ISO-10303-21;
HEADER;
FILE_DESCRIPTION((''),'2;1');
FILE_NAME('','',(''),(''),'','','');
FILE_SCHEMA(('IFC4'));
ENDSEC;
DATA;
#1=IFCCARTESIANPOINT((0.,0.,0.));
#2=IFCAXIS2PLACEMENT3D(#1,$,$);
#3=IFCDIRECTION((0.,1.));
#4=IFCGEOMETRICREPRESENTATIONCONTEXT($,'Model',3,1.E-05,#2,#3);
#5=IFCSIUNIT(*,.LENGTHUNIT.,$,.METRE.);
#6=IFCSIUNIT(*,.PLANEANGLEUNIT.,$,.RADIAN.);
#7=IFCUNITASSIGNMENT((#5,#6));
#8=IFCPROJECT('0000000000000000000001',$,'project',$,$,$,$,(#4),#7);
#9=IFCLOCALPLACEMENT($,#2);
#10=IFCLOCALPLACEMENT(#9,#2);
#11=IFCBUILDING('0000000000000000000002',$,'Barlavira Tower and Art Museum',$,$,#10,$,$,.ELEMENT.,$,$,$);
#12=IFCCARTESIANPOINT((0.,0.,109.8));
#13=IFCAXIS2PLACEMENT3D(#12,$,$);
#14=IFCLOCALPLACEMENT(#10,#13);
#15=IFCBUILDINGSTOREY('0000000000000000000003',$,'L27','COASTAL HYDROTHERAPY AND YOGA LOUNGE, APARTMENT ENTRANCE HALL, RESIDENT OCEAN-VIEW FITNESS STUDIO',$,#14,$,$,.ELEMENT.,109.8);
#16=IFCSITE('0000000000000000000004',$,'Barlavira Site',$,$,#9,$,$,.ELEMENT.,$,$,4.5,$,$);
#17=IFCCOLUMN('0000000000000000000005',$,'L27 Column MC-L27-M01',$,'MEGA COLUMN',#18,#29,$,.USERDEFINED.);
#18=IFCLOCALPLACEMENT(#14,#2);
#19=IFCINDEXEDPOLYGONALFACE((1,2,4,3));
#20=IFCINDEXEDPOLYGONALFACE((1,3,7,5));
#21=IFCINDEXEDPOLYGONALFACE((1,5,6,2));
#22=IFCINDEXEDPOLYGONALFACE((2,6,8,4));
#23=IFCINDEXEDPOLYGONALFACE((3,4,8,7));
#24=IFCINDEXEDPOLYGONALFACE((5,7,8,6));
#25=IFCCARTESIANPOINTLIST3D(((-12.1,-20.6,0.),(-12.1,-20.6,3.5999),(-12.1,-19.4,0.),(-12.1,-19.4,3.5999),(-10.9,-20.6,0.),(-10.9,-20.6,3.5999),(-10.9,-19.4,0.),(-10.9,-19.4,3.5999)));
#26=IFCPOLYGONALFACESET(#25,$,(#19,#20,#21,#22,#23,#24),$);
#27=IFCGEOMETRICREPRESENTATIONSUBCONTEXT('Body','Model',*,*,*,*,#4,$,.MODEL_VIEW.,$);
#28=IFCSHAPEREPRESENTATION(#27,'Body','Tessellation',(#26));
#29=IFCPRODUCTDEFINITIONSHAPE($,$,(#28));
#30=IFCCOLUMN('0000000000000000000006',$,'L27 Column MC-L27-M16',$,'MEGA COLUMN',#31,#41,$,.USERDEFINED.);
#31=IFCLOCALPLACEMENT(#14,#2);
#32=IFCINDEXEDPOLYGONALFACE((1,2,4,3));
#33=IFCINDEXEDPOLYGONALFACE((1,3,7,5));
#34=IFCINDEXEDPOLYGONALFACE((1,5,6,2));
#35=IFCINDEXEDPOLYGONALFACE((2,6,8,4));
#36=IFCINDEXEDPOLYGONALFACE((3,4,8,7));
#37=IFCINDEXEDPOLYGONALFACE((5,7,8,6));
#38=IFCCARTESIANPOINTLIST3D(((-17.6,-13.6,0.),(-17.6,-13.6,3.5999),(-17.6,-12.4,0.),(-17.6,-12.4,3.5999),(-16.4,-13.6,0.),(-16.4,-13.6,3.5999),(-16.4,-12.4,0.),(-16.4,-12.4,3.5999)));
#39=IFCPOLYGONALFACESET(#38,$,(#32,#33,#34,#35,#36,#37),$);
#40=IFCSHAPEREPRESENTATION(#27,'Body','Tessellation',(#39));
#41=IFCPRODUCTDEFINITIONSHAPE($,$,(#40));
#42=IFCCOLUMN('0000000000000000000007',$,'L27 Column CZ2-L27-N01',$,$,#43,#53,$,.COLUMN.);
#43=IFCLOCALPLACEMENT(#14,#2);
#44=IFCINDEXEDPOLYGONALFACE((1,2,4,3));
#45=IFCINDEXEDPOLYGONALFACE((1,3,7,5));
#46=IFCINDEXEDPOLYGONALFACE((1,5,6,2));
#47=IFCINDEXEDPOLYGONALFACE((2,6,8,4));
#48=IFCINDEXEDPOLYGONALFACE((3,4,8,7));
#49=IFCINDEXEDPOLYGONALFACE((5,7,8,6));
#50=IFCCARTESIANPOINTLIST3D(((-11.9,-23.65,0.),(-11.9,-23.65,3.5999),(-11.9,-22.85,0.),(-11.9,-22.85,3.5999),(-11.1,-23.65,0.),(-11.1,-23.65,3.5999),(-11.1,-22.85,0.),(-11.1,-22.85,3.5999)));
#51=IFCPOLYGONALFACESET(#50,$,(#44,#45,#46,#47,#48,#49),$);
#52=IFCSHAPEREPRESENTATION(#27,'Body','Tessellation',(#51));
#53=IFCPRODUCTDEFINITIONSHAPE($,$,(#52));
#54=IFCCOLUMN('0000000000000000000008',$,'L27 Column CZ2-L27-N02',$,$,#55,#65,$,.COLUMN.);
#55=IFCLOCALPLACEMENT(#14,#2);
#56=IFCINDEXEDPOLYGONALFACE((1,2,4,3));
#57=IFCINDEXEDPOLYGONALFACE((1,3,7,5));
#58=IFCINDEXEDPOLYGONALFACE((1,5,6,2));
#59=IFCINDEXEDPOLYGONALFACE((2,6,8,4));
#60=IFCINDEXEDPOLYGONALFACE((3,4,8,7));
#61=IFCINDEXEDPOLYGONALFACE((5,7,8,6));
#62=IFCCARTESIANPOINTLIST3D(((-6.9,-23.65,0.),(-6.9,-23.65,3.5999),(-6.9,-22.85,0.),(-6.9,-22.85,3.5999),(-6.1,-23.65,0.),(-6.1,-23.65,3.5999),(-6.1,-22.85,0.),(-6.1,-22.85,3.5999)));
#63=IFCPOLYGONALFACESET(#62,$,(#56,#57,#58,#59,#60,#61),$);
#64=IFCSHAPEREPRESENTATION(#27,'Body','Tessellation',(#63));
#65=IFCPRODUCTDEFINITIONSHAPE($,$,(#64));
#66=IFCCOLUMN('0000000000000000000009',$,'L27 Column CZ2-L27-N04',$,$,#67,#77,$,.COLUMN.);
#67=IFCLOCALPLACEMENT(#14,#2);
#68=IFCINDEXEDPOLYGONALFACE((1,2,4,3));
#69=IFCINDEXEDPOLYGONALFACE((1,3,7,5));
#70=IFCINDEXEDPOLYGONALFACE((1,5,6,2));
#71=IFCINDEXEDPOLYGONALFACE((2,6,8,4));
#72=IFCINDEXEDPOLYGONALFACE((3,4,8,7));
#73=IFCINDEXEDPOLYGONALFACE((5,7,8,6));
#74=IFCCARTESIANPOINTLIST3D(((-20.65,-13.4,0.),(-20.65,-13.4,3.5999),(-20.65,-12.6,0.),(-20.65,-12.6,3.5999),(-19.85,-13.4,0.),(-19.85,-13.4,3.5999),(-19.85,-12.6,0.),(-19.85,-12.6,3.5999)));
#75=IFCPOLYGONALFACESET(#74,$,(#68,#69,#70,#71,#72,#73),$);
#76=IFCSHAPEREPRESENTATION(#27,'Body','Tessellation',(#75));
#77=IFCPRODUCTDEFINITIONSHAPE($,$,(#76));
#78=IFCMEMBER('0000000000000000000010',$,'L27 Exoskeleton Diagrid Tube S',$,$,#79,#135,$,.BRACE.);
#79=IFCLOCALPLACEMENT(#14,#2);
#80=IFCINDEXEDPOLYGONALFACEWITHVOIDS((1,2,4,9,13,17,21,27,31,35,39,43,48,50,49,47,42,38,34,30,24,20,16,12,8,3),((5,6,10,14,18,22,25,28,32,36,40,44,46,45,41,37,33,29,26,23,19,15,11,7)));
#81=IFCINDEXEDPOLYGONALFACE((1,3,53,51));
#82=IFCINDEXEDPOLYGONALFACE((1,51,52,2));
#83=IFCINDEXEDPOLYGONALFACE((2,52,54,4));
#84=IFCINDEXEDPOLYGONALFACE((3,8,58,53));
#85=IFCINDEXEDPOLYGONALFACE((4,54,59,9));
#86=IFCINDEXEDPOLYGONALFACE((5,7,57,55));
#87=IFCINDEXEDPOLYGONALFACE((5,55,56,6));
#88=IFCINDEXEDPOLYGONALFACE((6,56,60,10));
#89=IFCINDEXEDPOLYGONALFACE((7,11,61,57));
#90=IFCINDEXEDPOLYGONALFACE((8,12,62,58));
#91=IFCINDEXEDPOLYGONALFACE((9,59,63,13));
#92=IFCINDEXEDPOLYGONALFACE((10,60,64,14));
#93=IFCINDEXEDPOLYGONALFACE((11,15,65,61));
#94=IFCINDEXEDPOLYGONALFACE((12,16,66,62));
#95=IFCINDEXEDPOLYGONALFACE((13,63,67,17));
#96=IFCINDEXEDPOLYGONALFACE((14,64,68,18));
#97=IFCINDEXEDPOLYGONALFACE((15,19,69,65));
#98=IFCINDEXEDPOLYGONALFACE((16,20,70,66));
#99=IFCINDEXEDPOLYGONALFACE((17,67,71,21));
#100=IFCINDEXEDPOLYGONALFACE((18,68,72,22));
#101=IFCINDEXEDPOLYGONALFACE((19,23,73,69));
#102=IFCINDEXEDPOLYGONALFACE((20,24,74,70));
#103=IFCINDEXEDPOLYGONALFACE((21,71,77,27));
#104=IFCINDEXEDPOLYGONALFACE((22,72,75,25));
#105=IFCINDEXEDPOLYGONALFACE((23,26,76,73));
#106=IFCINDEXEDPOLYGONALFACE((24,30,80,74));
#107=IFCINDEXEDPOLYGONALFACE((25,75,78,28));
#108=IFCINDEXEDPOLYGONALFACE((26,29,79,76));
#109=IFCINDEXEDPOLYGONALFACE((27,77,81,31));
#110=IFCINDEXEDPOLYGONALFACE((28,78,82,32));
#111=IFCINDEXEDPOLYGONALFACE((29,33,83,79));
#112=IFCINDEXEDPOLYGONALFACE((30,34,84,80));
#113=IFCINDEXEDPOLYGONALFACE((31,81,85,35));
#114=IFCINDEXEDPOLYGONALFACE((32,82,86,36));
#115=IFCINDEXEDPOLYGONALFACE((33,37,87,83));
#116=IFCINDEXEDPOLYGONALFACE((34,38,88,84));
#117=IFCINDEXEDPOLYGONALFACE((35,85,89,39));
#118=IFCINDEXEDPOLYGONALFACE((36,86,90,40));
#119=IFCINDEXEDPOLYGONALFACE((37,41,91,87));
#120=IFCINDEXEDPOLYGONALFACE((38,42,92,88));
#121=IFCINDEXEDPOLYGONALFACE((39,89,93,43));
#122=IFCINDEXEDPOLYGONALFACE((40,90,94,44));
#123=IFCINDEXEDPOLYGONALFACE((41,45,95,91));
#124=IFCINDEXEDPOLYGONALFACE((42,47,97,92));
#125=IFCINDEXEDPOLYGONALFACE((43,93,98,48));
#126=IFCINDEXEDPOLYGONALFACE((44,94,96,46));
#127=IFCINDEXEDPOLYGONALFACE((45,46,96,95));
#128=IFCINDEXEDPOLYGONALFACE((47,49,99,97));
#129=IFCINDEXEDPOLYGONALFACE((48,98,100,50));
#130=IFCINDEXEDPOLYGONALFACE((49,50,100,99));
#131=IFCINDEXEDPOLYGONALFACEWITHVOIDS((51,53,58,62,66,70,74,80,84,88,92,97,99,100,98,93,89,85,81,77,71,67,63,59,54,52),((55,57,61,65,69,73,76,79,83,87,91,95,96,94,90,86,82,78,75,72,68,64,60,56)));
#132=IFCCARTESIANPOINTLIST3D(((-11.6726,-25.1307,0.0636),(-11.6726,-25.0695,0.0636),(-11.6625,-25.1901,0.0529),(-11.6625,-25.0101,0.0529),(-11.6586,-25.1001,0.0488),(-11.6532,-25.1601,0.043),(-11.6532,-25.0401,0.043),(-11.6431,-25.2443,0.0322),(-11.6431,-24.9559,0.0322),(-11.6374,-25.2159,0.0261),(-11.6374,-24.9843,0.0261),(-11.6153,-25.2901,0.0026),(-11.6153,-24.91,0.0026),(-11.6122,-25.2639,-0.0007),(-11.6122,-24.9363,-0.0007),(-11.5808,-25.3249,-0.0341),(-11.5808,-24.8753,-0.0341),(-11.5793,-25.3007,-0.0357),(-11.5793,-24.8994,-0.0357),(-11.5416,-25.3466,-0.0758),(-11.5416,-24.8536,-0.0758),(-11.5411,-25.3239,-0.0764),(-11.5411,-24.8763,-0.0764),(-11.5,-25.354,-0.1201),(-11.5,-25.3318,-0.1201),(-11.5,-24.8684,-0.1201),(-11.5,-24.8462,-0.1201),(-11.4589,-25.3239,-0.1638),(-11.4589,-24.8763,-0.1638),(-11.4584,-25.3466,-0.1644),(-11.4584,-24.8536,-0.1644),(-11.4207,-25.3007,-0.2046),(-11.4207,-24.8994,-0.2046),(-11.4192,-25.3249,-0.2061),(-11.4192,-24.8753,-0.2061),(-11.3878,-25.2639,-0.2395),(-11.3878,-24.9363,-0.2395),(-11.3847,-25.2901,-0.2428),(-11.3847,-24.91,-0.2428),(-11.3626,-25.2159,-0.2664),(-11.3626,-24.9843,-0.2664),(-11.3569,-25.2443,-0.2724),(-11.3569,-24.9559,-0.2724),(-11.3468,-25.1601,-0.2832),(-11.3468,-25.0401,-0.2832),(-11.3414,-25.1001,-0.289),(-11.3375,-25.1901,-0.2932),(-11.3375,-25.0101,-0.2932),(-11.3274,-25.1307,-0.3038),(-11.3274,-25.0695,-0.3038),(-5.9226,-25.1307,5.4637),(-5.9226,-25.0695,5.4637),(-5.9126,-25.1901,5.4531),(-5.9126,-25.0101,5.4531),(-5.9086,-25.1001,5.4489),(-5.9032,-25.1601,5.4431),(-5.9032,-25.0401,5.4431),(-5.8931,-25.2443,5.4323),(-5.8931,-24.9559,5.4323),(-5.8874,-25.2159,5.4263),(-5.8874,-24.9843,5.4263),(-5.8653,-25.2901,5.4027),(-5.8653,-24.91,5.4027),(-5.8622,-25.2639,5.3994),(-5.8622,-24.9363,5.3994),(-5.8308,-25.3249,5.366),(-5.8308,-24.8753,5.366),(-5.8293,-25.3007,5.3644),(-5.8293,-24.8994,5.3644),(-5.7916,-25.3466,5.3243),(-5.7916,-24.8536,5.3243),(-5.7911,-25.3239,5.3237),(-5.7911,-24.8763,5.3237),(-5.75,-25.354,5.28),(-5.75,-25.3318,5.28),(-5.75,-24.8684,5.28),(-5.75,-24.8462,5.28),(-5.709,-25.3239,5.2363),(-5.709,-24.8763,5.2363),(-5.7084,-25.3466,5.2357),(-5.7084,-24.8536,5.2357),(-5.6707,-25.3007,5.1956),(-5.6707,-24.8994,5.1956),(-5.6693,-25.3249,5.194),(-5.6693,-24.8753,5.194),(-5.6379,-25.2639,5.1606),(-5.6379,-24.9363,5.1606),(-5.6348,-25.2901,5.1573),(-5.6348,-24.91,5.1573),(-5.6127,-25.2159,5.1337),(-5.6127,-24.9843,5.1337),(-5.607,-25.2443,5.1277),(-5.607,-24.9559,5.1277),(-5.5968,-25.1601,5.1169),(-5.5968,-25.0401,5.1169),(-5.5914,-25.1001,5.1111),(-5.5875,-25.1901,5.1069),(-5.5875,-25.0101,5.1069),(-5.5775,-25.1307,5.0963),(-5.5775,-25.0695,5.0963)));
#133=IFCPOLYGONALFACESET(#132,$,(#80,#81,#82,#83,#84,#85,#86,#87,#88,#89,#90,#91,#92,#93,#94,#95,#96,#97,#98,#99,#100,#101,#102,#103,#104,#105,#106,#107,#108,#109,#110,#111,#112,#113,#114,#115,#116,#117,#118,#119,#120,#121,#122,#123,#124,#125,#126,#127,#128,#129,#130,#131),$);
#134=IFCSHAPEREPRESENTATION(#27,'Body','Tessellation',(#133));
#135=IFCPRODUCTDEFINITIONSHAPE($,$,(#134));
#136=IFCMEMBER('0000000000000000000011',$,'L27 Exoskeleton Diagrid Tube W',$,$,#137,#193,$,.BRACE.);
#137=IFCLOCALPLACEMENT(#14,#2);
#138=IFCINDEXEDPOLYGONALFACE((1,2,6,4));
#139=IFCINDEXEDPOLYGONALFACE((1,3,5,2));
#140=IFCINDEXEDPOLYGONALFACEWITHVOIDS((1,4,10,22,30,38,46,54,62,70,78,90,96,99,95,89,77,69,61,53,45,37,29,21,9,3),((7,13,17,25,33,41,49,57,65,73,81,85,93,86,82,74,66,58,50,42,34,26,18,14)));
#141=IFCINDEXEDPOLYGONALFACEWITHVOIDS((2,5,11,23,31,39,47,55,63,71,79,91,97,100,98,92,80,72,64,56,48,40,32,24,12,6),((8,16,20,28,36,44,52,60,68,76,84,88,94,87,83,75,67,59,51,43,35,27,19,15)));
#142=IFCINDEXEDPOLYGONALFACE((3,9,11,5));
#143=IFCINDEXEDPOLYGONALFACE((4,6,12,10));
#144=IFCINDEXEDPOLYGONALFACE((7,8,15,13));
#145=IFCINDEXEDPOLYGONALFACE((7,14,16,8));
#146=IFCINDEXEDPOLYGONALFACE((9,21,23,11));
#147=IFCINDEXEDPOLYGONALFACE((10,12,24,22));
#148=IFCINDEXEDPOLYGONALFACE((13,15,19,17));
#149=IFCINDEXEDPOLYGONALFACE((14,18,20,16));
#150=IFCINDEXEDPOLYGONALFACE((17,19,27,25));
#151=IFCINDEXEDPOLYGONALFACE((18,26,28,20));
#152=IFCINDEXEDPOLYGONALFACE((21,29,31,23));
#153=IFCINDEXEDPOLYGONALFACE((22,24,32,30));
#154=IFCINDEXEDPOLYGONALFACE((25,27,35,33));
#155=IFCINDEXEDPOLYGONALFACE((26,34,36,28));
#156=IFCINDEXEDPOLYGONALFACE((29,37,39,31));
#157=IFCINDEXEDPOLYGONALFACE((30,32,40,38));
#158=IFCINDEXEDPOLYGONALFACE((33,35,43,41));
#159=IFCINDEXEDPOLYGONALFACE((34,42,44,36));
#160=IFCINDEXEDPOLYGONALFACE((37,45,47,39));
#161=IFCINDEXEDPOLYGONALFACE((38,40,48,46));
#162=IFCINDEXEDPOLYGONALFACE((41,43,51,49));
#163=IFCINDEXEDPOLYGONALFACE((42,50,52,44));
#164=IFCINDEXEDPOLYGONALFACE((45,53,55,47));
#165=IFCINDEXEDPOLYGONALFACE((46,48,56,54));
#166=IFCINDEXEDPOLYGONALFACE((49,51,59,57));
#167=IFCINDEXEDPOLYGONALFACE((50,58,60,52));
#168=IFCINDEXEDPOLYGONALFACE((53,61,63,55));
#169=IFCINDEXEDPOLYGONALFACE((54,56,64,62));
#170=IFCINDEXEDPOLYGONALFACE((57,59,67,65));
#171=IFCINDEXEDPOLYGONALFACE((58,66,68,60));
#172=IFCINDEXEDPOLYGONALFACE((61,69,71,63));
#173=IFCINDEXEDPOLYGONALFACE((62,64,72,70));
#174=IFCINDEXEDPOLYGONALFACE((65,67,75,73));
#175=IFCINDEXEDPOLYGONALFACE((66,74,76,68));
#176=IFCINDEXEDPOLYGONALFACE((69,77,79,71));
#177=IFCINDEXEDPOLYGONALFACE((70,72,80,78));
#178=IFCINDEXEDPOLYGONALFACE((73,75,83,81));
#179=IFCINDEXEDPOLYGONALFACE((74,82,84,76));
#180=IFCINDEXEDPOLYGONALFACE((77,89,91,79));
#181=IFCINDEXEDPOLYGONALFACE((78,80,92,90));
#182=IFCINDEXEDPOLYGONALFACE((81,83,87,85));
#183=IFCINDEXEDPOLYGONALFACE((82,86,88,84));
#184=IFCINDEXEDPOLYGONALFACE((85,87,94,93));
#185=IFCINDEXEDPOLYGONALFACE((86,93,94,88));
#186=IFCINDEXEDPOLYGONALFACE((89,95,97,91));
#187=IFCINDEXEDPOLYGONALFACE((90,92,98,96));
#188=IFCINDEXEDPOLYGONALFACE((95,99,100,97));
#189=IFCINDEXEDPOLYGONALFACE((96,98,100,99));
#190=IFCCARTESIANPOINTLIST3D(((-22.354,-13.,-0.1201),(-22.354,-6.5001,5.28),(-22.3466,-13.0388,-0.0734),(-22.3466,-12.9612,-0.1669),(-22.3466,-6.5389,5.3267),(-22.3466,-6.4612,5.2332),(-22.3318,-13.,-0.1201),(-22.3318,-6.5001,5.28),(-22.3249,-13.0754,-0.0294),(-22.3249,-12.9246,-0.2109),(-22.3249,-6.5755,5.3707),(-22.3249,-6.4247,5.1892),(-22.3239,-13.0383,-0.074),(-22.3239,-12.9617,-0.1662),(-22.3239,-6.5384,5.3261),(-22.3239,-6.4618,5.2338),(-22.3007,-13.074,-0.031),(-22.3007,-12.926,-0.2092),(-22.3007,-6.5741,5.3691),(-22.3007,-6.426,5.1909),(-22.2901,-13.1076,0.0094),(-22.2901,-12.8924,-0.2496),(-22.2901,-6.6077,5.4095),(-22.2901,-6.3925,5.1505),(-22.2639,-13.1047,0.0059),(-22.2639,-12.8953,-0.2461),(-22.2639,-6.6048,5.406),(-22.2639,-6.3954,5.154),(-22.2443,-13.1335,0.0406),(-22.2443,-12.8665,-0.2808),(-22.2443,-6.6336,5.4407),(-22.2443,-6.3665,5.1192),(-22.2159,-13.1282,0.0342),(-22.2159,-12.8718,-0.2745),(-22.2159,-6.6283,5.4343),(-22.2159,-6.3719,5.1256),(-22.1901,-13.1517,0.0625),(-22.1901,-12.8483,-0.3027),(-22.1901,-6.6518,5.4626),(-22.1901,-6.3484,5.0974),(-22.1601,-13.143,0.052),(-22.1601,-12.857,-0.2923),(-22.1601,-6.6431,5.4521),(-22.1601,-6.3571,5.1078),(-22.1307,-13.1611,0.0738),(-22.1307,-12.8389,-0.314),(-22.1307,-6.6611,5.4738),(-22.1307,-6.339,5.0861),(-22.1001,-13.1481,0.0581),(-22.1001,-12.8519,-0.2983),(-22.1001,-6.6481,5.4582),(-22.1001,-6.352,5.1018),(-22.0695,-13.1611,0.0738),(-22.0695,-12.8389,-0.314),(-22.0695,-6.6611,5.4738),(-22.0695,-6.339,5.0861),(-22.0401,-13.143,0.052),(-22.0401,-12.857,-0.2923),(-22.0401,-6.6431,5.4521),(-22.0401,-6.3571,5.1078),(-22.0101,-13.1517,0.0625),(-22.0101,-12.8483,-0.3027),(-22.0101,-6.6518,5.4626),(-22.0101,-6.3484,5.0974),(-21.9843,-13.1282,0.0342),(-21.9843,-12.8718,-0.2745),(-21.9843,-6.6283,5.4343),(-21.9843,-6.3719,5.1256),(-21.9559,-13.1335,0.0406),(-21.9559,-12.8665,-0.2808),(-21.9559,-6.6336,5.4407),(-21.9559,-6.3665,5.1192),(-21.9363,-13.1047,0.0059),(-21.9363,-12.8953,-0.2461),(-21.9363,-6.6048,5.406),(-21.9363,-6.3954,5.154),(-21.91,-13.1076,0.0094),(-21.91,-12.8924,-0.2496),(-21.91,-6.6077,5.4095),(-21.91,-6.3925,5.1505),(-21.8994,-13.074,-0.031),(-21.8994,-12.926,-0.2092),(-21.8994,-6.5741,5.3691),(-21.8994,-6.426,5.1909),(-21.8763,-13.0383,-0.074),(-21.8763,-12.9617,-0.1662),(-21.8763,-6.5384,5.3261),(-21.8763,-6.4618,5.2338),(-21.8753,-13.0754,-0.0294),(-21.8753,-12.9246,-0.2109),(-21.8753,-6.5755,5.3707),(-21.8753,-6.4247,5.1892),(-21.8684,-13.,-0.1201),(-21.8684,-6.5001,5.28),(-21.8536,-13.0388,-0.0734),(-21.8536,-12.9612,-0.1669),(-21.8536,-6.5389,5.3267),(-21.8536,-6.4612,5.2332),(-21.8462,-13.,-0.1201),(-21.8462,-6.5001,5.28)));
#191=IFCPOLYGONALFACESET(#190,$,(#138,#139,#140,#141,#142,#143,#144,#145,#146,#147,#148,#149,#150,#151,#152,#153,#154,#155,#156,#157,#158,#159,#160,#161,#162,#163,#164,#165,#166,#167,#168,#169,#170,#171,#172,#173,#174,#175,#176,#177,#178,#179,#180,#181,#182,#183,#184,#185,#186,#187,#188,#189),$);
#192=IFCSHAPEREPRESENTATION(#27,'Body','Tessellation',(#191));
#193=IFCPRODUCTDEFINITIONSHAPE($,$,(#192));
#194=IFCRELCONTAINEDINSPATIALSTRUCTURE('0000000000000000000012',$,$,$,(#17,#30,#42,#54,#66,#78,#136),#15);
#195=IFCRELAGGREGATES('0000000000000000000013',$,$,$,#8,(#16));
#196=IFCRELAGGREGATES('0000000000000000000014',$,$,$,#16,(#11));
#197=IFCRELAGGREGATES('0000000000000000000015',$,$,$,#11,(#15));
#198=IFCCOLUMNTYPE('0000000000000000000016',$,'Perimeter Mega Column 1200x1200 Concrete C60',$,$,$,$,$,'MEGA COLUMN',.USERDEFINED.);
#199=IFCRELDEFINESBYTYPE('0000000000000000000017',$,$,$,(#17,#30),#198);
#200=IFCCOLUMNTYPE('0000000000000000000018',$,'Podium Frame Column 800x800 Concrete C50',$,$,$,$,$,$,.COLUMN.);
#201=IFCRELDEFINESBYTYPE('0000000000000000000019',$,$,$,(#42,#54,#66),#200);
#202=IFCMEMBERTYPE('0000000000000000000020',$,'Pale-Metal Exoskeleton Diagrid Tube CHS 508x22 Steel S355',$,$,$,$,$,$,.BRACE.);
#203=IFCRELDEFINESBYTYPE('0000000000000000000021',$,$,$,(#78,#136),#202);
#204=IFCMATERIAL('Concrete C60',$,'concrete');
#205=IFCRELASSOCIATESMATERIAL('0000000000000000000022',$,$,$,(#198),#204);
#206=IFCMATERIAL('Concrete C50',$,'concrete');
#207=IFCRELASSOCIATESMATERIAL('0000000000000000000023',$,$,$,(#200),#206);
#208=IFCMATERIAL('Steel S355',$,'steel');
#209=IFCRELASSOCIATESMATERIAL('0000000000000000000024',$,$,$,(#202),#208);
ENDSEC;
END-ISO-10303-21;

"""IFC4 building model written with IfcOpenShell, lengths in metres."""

from ifc_helpers import new_model, si_unit, direction, frame, origin, origin_2d, place, context, subcontext, project, spatial, rectangle, hollow_circle, extrude, material, material_profile, profile_set, type_object, element, save


model = new_model("IFC4")

# Units and contexts
model_context = context("Model", 3, precision=1e-05, world=origin(), true_north=direction((0.0, 1.0)))
body_context = subcontext(model_context, "Body", "Model", "MODEL_VIEW")
ifc_project = project(units=[si_unit("LENGTHUNIT", "METRE"), si_unit("PLANEANGLEUNIT", "RADIAN")], contexts=[model_context])

# Site, building, storey
site_placement = place(None, origin())
site = spatial("IfcSite", under=ifc_project, at=site_placement, Name="Barlavira Site", CompositionType="ELEMENT", RefElevation=4.5)
building_placement = place(site_placement, origin())
building = spatial("IfcBuilding", under=site, at=building_placement, Name="Barlavira Tower and Art Museum", CompositionType="ELEMENT")
storey_placement = place(building_placement, frame((0.0, 0.0, 109.8)))
storey = spatial("IfcBuildingStorey", under=building, at=storey_placement, Name="L27", Description="COASTAL HYDROTHERAPY AND YOGA LOUNGE, APARTMENT ENTRANCE HALL, RESIDENT OCEAN-VIEW FITNESS STUDIO", CompositionType="ELEMENT", Elevation=109.8)

# Columns
ifc_material_1 = material(Name="Concrete C60", Category="concrete")
ifc_material_profile_1 = material_profile(ifc_material_1, rectangle(XDim=1.2, YDim=1.2, at=origin_2d()), Name="RC-COL 1200x1200")
ifc_profile_set_1 = profile_set([ifc_material_profile_1], Name="Concrete C60")
column_type_1 = type_object("IfcColumnType", Name="Perimeter Mega Column 1200x1200 Concrete C60", ElementType="MEGA COLUMN", PredefinedType="USERDEFINED", material=ifc_profile_set_1)
for number, where, z_axis, x_axis, name in (
    (1, (-11.5, -20.0, 0.0), (0.0, 0.0, 1.0), (1.0, 0.0, 0.0), "L27 Column MC-L27-M01"),
    (2, (-17.0, -13.0, 0.0), (0.0, 0.0, 1.0), (1.0, 0.0, 0.0), "L27 Column MC-L27-M16"),
):
    element("IfcColumn", number, at=place(storey_placement, frame(where, z_axis=z_axis, x_axis=x_axis)), inside=storey, type_object=column_type_1, Name=name, ObjectType="MEGA COLUMN", PredefinedType="USERDEFINED", context=body_context, shape_type="SweptSolid", body=[
        extrude(rectangle(XDim=1.2, YDim=1.2, at=origin_2d()), origin(), (0.0, 0.0, 1.0), 3.5999),
    ])
ifc_material_2 = material(Name="Concrete C50", Category="concrete")
ifc_material_profile_2 = material_profile(ifc_material_2, rectangle(XDim=0.8, YDim=0.8, at=origin_2d()), Name="RC-COL 800x800")
ifc_profile_set_2 = profile_set([ifc_material_profile_2], Name="Concrete C50")
column_type_2 = type_object("IfcColumnType", Name="Podium Frame Column 800x800 Concrete C50", PredefinedType="COLUMN", material=ifc_profile_set_2)
for number, where, z_axis, x_axis, name in (
    (3, (-11.5, -23.25, 0.0), (0.0, 0.0, 1.0), (1.0, 0.0, 0.0), "L27 Column CZ2-L27-N01"),
    (4, (-6.5, -23.25, 0.0), (0.0, 0.0, 1.0), (1.0, 0.0, 0.0), "L27 Column CZ2-L27-N02"),
    (5, (-20.25, -13.0, 0.0), (0.0, 0.0, 1.0), (1.0, 0.0, 0.0), "L27 Column CZ2-L27-N04"),
):
    element("IfcColumn", number, at=place(storey_placement, frame(where, z_axis=z_axis, x_axis=x_axis)), inside=storey, type_object=column_type_2, Name=name, PredefinedType="COLUMN", context=body_context, shape_type="SweptSolid", body=[
        extrude(rectangle(XDim=0.8, YDim=0.8, at=origin_2d()), origin(), (0.0, 0.0, 1.0), 3.5999),
    ])

# Members
ifc_material_3 = material(Name="Steel S355", Category="steel")
ifc_material_profile_3 = material_profile(ifc_material_3, hollow_circle(Radius=0.2539, WallThickness=0.0222, at=origin_2d()), Name="CHS 508.0x22.2")
ifc_profile_set_3 = profile_set([ifc_material_profile_3], Name="Steel S355")
member_type_1 = type_object("IfcMemberType", Name="Pale-Metal Exoskeleton Diagrid Tube CHS 508x22 Steel S355", PredefinedType="BRACE", material=ifc_profile_set_3)
member_1_placement = place(storey_placement, frame((-11.5, -25.1001, -0.1201), z_axis=(0.728935, 0.0, 0.684583), x_axis=(0.0, 1.0, 0.0)))
element("IfcMember", 6, at=member_1_placement, inside=storey, type_object=member_type_1, Name="L27 Exoskeleton Diagrid Tube S", PredefinedType="BRACE", context=body_context, shape_type="SweptSolid", body=[
    extrude(hollow_circle(Radius=0.2539, WallThickness=0.0222, at=origin_2d()), origin(), (0.0, 0.0, 1.0), 7.8882),
])
member_2_placement = place(storey_placement, frame((-22.1001, -13.0, -0.1201), z_axis=(0.0, 0.769182, 0.63903), x_axis=(-1.0, 0.0, 0.0)))
element("IfcMember", 7, at=member_2_placement, inside=storey, type_object=member_type_1, Name="L27 Exoskeleton Diagrid Tube W", PredefinedType="BRACE", context=body_context, shape_type="SweptSolid", body=[
    extrude(hollow_circle(Radius=0.2539, WallThickness=0.0222, at=origin_2d()), origin(), (0.0, 0.0, 1.0), 8.4504),
])

save(model, "model.ifc")
